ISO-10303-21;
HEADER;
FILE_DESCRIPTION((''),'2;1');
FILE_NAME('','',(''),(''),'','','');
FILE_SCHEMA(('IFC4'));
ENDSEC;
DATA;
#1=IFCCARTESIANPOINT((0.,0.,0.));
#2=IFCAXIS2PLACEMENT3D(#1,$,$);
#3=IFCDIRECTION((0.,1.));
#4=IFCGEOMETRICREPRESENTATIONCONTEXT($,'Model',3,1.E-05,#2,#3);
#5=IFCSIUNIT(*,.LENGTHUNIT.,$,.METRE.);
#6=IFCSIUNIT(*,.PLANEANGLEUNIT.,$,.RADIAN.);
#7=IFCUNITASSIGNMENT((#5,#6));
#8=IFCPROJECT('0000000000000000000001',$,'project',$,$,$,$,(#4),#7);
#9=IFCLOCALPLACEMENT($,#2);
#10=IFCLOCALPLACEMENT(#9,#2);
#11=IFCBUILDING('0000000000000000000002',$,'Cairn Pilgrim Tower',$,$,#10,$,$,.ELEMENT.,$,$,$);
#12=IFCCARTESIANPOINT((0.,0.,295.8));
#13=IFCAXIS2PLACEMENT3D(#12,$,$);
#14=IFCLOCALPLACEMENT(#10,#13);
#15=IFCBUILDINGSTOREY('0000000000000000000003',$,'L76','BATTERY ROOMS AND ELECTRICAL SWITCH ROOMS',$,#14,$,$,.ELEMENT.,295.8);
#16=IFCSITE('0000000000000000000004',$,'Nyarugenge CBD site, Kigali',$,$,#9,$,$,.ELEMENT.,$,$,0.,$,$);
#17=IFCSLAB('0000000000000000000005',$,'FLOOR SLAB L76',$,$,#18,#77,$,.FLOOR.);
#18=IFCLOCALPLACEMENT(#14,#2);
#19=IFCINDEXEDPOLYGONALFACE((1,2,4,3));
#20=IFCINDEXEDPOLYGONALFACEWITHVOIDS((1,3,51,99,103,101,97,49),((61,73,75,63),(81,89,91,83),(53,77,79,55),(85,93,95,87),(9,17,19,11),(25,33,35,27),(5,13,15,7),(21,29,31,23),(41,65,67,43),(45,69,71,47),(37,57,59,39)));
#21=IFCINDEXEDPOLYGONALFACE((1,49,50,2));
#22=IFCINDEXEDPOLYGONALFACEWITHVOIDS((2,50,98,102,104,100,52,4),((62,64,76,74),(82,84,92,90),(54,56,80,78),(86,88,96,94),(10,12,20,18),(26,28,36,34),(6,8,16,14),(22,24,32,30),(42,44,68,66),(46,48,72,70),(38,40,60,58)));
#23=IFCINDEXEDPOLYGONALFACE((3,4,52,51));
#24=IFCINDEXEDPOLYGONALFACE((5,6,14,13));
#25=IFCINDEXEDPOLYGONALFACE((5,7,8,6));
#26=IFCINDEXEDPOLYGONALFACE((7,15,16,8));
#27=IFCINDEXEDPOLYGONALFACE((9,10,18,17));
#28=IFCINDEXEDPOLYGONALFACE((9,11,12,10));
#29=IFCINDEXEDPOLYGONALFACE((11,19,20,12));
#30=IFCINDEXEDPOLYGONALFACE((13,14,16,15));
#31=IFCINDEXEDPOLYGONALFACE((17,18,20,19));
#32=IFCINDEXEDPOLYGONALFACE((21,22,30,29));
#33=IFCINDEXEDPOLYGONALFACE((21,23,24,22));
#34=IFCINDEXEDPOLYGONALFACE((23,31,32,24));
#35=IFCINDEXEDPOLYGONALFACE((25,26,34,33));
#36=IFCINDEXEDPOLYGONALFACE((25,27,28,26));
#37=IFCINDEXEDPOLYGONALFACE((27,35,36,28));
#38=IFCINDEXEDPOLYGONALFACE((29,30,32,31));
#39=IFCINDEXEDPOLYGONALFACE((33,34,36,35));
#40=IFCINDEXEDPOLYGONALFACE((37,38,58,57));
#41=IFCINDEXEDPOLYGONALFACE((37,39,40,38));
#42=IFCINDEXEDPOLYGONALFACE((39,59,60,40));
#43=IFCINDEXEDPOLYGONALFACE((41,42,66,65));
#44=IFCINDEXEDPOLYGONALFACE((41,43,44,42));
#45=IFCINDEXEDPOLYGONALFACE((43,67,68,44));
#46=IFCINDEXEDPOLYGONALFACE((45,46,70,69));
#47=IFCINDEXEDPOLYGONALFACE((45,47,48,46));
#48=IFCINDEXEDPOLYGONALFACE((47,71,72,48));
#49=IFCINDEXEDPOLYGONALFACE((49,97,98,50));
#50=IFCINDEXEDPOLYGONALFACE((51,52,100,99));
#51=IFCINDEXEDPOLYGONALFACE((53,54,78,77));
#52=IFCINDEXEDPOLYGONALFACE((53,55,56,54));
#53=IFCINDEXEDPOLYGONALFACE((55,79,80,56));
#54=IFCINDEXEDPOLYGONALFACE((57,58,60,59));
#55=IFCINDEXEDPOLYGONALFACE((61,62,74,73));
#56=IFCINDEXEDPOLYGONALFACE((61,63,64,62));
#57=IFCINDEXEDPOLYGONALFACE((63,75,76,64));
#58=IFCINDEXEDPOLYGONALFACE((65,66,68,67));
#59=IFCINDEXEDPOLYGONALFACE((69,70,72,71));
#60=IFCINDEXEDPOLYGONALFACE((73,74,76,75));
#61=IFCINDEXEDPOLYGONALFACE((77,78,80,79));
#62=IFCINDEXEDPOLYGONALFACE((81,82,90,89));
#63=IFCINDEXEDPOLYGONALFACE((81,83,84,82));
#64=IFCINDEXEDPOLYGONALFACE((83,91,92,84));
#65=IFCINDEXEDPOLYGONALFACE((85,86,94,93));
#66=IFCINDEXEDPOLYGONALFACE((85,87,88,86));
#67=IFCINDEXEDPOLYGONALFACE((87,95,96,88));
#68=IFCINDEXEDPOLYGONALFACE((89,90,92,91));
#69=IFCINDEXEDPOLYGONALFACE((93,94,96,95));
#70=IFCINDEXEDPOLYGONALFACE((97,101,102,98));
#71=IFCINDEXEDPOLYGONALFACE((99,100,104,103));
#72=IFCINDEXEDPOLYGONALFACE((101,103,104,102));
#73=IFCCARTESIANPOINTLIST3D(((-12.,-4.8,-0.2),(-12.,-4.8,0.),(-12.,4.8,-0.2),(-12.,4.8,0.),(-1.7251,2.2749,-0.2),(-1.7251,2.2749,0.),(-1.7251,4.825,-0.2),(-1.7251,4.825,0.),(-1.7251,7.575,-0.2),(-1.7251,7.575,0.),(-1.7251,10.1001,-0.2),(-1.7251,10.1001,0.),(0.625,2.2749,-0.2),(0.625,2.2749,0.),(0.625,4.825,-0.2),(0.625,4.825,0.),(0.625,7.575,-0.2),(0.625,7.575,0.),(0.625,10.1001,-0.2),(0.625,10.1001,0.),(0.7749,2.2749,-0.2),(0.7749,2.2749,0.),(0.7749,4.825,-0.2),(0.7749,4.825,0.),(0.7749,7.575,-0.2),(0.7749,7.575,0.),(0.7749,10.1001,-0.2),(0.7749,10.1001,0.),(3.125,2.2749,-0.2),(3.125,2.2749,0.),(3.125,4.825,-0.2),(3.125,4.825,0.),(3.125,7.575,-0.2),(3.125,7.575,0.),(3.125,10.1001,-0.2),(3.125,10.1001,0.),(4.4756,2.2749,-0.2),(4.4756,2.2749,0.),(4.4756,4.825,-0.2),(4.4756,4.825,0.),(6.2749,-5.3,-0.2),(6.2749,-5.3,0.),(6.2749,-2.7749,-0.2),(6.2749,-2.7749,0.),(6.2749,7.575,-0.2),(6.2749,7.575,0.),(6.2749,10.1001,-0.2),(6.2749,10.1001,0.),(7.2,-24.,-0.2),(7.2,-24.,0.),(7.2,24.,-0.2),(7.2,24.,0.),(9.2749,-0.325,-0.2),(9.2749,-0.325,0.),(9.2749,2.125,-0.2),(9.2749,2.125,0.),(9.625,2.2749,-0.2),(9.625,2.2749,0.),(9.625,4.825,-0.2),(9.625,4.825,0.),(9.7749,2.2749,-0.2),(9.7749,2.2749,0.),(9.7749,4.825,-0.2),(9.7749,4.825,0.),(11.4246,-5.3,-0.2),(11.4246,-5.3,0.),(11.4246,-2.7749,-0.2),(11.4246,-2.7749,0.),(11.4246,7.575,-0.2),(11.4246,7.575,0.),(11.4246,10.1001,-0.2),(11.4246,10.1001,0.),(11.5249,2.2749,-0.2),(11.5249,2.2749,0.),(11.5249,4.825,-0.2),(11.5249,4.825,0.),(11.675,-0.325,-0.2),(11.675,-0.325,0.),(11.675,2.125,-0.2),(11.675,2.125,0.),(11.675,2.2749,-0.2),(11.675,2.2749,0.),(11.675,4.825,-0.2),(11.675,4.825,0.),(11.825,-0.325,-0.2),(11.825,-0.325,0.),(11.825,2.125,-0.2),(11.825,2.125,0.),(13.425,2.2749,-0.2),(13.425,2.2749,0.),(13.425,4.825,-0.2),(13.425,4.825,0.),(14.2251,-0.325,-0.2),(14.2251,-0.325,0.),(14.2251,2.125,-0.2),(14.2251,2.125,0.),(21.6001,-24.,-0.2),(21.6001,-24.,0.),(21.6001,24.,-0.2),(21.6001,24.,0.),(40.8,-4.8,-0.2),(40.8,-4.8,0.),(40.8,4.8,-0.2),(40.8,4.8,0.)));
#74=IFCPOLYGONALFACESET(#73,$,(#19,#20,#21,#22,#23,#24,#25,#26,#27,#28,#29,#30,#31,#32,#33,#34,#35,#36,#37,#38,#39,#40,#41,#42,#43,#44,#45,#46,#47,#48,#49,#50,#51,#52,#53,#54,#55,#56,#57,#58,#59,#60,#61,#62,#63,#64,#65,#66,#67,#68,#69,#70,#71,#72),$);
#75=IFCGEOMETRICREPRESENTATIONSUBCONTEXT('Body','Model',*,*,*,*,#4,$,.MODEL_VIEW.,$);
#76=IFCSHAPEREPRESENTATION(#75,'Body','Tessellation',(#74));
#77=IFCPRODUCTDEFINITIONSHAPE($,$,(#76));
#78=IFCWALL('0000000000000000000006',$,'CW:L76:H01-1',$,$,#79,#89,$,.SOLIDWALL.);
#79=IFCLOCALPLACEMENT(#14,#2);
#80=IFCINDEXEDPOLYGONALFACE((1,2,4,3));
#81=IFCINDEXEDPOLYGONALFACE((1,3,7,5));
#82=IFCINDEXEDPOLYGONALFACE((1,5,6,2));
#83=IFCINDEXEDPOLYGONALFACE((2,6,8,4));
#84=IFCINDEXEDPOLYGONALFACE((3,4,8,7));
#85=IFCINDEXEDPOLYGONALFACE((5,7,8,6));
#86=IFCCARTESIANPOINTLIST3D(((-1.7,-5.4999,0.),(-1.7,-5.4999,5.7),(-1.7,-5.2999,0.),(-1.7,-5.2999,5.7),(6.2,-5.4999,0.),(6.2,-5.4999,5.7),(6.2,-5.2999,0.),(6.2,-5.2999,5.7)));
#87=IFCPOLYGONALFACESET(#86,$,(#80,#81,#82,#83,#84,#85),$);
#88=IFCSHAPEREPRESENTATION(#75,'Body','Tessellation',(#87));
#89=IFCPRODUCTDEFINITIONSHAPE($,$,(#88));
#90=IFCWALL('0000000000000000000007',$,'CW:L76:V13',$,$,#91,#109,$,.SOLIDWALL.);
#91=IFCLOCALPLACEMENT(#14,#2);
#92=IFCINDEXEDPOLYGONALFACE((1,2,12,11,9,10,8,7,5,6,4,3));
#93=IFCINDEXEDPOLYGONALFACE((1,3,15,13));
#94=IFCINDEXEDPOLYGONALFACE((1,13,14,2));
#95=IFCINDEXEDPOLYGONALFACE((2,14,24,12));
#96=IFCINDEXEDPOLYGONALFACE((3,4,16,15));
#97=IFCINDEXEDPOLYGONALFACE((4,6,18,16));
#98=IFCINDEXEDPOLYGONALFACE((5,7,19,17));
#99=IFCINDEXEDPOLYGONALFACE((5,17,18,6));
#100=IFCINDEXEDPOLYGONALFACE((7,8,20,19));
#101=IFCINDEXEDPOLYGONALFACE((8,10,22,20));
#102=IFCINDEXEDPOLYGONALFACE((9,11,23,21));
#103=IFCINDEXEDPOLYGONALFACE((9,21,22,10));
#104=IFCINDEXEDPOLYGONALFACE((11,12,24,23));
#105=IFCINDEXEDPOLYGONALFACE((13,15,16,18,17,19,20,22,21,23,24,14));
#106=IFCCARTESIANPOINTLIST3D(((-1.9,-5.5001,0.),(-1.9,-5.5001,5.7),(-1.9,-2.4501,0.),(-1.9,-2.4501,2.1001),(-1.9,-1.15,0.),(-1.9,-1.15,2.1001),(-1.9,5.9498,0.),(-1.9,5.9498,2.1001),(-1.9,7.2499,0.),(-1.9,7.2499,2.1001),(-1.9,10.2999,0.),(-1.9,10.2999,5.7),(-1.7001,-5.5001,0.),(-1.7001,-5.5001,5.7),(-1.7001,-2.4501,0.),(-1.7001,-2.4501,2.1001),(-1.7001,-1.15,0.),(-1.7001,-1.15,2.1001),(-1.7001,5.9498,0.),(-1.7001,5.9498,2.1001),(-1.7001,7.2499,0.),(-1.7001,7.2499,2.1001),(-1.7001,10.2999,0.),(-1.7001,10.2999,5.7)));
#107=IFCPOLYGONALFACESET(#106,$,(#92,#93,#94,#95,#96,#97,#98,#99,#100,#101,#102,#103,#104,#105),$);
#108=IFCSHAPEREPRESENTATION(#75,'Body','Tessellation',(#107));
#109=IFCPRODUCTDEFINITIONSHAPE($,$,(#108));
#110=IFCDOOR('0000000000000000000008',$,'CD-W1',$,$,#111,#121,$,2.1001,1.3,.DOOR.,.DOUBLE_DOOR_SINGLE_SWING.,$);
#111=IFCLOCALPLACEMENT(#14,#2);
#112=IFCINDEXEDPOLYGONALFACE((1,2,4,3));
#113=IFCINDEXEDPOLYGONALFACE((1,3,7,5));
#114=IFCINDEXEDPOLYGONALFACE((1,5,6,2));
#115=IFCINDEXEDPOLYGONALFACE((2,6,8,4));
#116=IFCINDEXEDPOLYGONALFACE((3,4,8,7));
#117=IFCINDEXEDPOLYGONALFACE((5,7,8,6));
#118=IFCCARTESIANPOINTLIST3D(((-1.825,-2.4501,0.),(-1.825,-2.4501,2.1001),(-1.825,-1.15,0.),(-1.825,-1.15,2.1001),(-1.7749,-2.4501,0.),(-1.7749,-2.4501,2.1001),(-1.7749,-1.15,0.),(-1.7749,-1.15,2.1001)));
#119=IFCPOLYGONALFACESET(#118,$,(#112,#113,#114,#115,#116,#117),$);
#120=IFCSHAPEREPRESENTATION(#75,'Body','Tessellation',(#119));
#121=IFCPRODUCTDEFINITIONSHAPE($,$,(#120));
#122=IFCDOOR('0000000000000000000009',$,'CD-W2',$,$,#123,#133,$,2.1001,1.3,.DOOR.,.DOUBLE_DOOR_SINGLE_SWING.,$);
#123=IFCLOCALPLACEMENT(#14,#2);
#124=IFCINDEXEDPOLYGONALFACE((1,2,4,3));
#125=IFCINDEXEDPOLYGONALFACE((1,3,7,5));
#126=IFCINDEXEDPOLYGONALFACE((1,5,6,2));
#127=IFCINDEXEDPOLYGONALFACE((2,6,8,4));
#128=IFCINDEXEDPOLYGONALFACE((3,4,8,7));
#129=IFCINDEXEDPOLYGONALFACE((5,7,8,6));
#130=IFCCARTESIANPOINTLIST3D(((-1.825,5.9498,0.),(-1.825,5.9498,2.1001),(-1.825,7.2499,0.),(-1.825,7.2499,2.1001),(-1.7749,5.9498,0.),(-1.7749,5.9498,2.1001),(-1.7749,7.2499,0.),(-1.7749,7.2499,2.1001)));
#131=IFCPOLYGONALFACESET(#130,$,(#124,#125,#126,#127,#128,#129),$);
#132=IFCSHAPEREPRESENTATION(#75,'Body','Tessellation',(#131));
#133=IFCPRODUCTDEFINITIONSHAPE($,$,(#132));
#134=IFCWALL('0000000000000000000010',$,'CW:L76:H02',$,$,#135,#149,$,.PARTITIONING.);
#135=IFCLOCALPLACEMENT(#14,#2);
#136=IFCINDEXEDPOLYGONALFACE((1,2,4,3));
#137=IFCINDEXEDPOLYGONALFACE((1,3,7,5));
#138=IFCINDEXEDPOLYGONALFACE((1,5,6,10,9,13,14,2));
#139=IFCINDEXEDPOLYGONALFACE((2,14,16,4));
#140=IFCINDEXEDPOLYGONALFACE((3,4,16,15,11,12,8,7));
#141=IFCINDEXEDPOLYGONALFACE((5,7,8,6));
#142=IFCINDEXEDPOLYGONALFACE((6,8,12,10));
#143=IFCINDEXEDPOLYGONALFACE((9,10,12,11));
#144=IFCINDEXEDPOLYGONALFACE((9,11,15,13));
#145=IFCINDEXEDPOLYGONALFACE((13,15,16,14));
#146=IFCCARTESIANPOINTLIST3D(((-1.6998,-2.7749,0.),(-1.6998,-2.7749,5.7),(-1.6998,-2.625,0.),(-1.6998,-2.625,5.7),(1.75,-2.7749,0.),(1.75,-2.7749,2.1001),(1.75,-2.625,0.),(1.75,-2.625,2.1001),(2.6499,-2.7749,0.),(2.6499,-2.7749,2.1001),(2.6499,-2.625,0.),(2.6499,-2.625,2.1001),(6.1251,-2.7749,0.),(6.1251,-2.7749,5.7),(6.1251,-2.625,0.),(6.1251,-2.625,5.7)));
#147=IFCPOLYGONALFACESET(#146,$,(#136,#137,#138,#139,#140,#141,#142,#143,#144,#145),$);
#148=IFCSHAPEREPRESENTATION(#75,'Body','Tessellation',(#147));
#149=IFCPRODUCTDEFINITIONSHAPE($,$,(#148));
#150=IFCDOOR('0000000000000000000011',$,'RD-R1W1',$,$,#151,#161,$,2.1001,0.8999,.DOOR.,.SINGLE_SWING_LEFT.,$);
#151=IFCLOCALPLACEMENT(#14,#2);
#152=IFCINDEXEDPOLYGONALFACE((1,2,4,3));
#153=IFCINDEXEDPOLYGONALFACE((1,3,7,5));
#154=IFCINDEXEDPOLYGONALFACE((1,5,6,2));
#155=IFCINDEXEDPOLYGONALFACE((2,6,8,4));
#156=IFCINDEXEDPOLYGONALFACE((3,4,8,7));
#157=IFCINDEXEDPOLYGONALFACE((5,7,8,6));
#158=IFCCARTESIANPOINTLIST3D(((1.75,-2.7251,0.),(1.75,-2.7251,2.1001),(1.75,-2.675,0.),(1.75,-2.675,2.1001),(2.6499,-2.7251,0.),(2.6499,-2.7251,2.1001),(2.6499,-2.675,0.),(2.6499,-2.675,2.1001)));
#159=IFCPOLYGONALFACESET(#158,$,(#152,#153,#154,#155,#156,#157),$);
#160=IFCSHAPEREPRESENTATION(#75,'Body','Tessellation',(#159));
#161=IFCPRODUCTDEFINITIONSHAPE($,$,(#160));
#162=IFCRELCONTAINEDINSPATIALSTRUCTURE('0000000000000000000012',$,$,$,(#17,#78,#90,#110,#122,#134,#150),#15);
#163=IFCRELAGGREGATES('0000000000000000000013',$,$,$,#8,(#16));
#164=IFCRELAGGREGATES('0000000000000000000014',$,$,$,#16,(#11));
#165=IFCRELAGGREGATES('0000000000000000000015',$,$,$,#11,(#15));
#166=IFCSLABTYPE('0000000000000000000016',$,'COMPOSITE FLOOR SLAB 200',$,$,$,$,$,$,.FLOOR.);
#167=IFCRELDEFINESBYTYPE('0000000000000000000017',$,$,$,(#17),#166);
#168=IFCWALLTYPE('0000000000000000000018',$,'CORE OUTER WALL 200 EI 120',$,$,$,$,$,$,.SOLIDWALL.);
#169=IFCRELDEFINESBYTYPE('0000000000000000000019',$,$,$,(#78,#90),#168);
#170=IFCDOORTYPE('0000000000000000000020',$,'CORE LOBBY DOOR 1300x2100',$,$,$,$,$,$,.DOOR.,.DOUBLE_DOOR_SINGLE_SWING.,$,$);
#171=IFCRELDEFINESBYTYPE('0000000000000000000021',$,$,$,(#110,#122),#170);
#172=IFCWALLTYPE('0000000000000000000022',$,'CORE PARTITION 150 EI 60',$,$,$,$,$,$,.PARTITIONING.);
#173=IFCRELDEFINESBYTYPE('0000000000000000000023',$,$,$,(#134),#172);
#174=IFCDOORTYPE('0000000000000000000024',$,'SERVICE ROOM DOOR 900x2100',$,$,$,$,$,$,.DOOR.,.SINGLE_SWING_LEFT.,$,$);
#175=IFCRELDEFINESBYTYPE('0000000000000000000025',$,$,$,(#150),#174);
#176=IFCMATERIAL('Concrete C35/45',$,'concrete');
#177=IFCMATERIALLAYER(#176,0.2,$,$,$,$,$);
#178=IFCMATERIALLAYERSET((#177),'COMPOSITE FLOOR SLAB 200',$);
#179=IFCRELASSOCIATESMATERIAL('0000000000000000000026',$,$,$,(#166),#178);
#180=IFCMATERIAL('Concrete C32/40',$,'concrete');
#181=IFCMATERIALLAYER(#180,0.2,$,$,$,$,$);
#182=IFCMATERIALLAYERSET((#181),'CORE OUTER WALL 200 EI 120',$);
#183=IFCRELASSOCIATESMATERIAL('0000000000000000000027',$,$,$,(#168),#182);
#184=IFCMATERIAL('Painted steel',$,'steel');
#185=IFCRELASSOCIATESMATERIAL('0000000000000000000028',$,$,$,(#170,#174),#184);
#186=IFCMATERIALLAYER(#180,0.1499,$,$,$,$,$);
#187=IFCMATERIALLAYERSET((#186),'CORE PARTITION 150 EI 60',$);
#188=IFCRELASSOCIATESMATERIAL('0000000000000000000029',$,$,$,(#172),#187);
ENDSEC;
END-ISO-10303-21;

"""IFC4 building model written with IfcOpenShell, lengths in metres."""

from ifc_helpers import new_model, si_unit, direction, frame, frame_2d, origin, place, context, subcontext, project, spatial, polyline, rectangle, outline, extrude, material, layer, layer_set, type_object, element, fill, save


model = new_model("IFC4")

# Units and contexts
model_context = context("Model", 3, precision=1e-05, world=origin(), true_north=direction((0.0, 1.0)))
body_context = subcontext(model_context, "Body", "Model", "MODEL_VIEW")
ifc_project = project(units=[si_unit("LENGTHUNIT", "METRE"), si_unit("PLANEANGLEUNIT", "RADIAN")], contexts=[model_context])

# Site, building, storey
site_placement = place(None, origin())
site = spatial("IfcSite", under=ifc_project, at=site_placement, Name="Nyarugenge CBD site, Kigali", CompositionType="ELEMENT", RefElevation=0.0)
building_placement = place(site_placement, origin())
building = spatial("IfcBuilding", under=site, at=building_placement, Name="Cairn Pilgrim Tower", CompositionType="ELEMENT")
storey_placement = place(building_placement, frame((0.0, 0.0, 295.8)))
storey = spatial("IfcBuildingStorey", under=building, at=storey_placement, Name="L76", Description="BATTERY ROOMS AND ELECTRICAL SWITCH ROOMS", CompositionType="ELEMENT", Elevation=295.8)

# Slab
ifc_material_1 = material(Name="Concrete C35/45", Category="concrete")
ifc_layer_1 = layer(ifc_material_1, 0.2)
ifc_layer_set_1 = layer_set([ifc_layer_1], Name="COMPOSITE FLOOR SLAB 200")
slab_type = type_object("IfcSlabType", Name="COMPOSITE FLOOR SLAB 200", PredefinedType="FLOOR", material=ifc_layer_set_1)
slab_placement = place(storey_placement, frame((0.0, 0.0, -0.2)))
element("IfcSlab", 1, at=slab_placement, inside=storey, type_object=slab_type, Name="FLOOR SLAB L76", PredefinedType="FLOOR", context=body_context, shape_type="SweptSolid", body=[
    extrude(outline(polyline([(7.2, -24.0), (21.6001, -24.0), (40.8, -4.8), (40.8, 4.8), (21.6001, 24.0), (7.2, 24.0), (-12.0, 4.8), (-12.0, -4.8), (7.2, -24.0)]), holes=[polyline([(9.2749, -0.325), (11.675, -0.325), (11.675, 2.125), (9.2749, 2.125), (9.2749, -0.325)]), polyline([(11.825, -0.325), (14.2251, -0.325), (14.2251, 2.125), (11.825, 2.125), (11.825, -0.325)]), polyline([(-1.7251, 2.2749), (0.625, 2.2749), (0.625, 4.825), (-1.7251, 4.825), (-1.7251, 2.2749)]), polyline([(0.7749, 2.2749), (3.125, 2.2749), (3.125, 4.825), (0.7749, 4.825), (0.7749, 2.2749)]), polyline([(-1.7251, 7.575), (0.625, 7.575), (0.625, 10.1001), (-1.7251, 10.1001), (-1.7251, 7.575)]), polyline([(0.7749, 7.575), (3.125, 7.575), (3.125, 10.1001), (0.7749, 10.1001), (0.7749, 7.575)]), polyline([(9.7749, 2.2749), (11.5249, 2.2749), (11.5249, 4.825), (9.7749, 4.825), (9.7749, 2.2749)]), polyline([(11.675, 2.2749), (13.425, 2.2749), (13.425, 4.825), (11.675, 4.825), (11.675, 2.2749)]), polyline([(11.4246, -2.7749), (6.2749, -2.7749), (6.2749, -5.3), (11.4246, -5.3), (11.4246, -2.7749)]), polyline([(4.4756, 2.2749), (9.625, 2.2749), (9.625, 4.825), (4.4756, 4.825), (4.4756, 2.2749)]), polyline([(11.4246, 10.1001), (6.2749, 10.1001), (6.2749, 7.575), (11.4246, 7.575), (11.4246, 10.1001)])]), origin(), (0.0, 0.0, 1.0), 0.2),
])

# Wall
ifc_material_2 = material(Name="Concrete C32/40", Category="concrete")
ifc_layer_2 = layer(ifc_material_2, 0.2)
ifc_layer_set_2 = layer_set([ifc_layer_2], Name="CORE OUTER WALL 200 EI 120")
wall_type_1 = type_object("IfcWallType", Name="CORE OUTER WALL 200 EI 120", PredefinedType="SOLIDWALL", material=ifc_layer_set_2)
wall_1_placement = place(storey_placement, frame((-1.7, -5.3999, 0.0), z_axis=(0.0, 0.0, 1.0), x_axis=(1.0, 0.0, 0.0)))
element("IfcWall", 2, at=wall_1_placement, inside=storey, type_object=wall_type_1, Name="CW:L76:H01-1", PredefinedType="SOLIDWALL", context=body_context, shape_type="SweptSolid", body=[
    extrude(rectangle(XDim=7.8999, YDim=0.2, at=frame_2d((3.95, 0.0))), origin(), (0.0, 0.0, 1.0), 5.7),
])

# Wall, openings, doors
wall_2_placement = place(storey_placement, frame((-1.8, -5.5, 0.0), z_axis=(0.0, 0.0, 1.0), x_axis=(0.0, 1.0, 0.0)))
wall_2 = element("IfcWall", 3, at=wall_2_placement, inside=storey, type_object=wall_type_1, Name="CW:L76:V13", PredefinedType="SOLIDWALL", context=body_context, shape_type="SweptSolid", body=[
    extrude(rectangle(XDim=15.8, YDim=0.2, at=frame_2d((7.8999, 0.0))), origin(), (0.0, 0.0, 1.0), 5.7),
])
opening_1_placement = place(wall_2_placement, frame((3.05, 0.0, 0.0)))
opening_1 = element("IfcOpeningElement", 4, at=opening_1_placement, cuts=wall_2, PredefinedType="OPENING", context=body_context, shape_type="SweptSolid", body=[
    extrude(rectangle(XDim=1.3, YDim=2.1001, at=frame_2d((0.6499, 1.05))), frame((0.0, 0.1099, 0.0), z_axis=(0.0, -1.0, 0.0), x_axis=(1.0, 0.0, 0.0)), (0.0, 0.0, 1.0), 0.22),
])
opening_2_placement = place(wall_2_placement, frame((11.45, 0.0, 0.0)))
opening_2 = element("IfcOpeningElement", 5, at=opening_2_placement, cuts=wall_2, PredefinedType="OPENING", context=body_context, shape_type="SweptSolid", body=[
    extrude(rectangle(XDim=1.3, YDim=2.1001, at=frame_2d((0.6499, 1.05))), frame((0.0, 0.1099, 0.0), z_axis=(0.0, -1.0, 0.0), x_axis=(1.0, 0.0, 0.0)), (0.0, 0.0, 1.0), 0.22),
])
ifc_material_3 = material(Name="Painted steel", Category="steel")
door_type_1 = type_object("IfcDoorType", Name="CORE LOBBY DOOR 1300x2100", OperationType="DOUBLE_DOOR_SINGLE_SWING", PredefinedType="DOOR", material=ifc_material_3)
door_1_placement = place(opening_1_placement, origin())
door_1 = element("IfcDoor", 6, at=door_1_placement, inside=storey, type_object=door_type_1, Name="CD-W1", OperationType="DOUBLE_DOOR_SINGLE_SWING", OverallHeight=2.1001, OverallWidth=1.3, PredefinedType="DOOR", context=body_context, shape_type="SweptSolid", body=[
    extrude(rectangle(XDim=1.3, YDim=2.1001, at=frame_2d((0.6499, 1.05))), frame((0.0, 0.0249, 0.0), z_axis=(0.0, -1.0, 0.0), x_axis=(1.0, 0.0, 0.0)), (0.0, 0.0, 1.0), 0.05),
])
fill(opening_1, door_1)
door_2_placement = place(opening_2_placement, origin())
door_2 = element("IfcDoor", 7, at=door_2_placement, inside=storey, type_object=door_type_1, Name="CD-W2", OperationType="DOUBLE_DOOR_SINGLE_SWING", OverallHeight=2.1001, OverallWidth=1.3, PredefinedType="DOOR", context=body_context, shape_type="SweptSolid", body=[
    extrude(rectangle(XDim=1.3, YDim=2.1001, at=frame_2d((0.6499, 1.05))), frame((0.0, 0.0249, 0.0), z_axis=(0.0, -1.0, 0.0), x_axis=(1.0, 0.0, 0.0)), (0.0, 0.0, 1.0), 0.05),
])
fill(opening_2, door_2)

# Wall, opening, door
ifc_layer_3 = layer(ifc_material_2, 0.1499)
ifc_layer_set_3 = layer_set([ifc_layer_3], Name="CORE PARTITION 150 EI 60")
wall_type_2 = type_object("IfcWallType", Name="CORE PARTITION 150 EI 60", PredefinedType="PARTITIONING", material=ifc_layer_set_3)
wall_3_placement = place(storey_placement, frame((-1.7, -2.7, 0.0), z_axis=(0.0, 0.0, 1.0), x_axis=(1.0, 0.0, 0.0)))
wall_3 = element("IfcWall", 8, at=wall_3_placement, inside=storey, type_object=wall_type_2, Name="CW:L76:H02", PredefinedType="PARTITIONING", context=body_context, shape_type="SweptSolid", body=[
    extrude(rectangle(XDim=7.825, YDim=0.1499, at=frame_2d((3.9126, 0.0))), origin(), (0.0, 0.0, 1.0), 5.7),
])
opening_3_placement = place(wall_3_placement, frame((3.45, 0.0, 0.0)))
opening_3 = element("IfcOpeningElement", 9, at=opening_3_placement, cuts=wall_3, PredefinedType="OPENING", context=body_context, shape_type="SweptSolid", body=[
    extrude(rectangle(XDim=0.8999, YDim=2.1001, at=frame_2d((0.45, 1.05))), frame((0.0, 0.085, 0.0), z_axis=(0.0, -1.0, 0.0), x_axis=(1.0, 0.0, 0.0)), (0.0, 0.0, 1.0), 0.1699),
])
door_type_2 = type_object("IfcDoorType", Name="SERVICE ROOM DOOR 900x2100", OperationType="SINGLE_SWING_LEFT", PredefinedType="DOOR", material=ifc_material_3)
door_3_placement = place(opening_3_placement, origin())
door_3 = element("IfcDoor", 10, at=door_3_placement, inside=storey, type_object=door_type_2, Name="RD-R1W1", OperationType="SINGLE_SWING_LEFT", OverallHeight=2.1001, OverallWidth=0.8999, PredefinedType="DOOR", context=body_context, shape_type="SweptSolid", body=[
    extrude(rectangle(XDim=0.8999, YDim=2.1001, at=frame_2d((0.45, 1.05))), frame((0.0, 0.0249, 0.0), z_axis=(0.0, -1.0, 0.0), x_axis=(1.0, 0.0, 0.0)), (0.0, 0.0, 1.0), 0.05),
])
fill(opening_3, door_3)

save(model, "model.ifc")
